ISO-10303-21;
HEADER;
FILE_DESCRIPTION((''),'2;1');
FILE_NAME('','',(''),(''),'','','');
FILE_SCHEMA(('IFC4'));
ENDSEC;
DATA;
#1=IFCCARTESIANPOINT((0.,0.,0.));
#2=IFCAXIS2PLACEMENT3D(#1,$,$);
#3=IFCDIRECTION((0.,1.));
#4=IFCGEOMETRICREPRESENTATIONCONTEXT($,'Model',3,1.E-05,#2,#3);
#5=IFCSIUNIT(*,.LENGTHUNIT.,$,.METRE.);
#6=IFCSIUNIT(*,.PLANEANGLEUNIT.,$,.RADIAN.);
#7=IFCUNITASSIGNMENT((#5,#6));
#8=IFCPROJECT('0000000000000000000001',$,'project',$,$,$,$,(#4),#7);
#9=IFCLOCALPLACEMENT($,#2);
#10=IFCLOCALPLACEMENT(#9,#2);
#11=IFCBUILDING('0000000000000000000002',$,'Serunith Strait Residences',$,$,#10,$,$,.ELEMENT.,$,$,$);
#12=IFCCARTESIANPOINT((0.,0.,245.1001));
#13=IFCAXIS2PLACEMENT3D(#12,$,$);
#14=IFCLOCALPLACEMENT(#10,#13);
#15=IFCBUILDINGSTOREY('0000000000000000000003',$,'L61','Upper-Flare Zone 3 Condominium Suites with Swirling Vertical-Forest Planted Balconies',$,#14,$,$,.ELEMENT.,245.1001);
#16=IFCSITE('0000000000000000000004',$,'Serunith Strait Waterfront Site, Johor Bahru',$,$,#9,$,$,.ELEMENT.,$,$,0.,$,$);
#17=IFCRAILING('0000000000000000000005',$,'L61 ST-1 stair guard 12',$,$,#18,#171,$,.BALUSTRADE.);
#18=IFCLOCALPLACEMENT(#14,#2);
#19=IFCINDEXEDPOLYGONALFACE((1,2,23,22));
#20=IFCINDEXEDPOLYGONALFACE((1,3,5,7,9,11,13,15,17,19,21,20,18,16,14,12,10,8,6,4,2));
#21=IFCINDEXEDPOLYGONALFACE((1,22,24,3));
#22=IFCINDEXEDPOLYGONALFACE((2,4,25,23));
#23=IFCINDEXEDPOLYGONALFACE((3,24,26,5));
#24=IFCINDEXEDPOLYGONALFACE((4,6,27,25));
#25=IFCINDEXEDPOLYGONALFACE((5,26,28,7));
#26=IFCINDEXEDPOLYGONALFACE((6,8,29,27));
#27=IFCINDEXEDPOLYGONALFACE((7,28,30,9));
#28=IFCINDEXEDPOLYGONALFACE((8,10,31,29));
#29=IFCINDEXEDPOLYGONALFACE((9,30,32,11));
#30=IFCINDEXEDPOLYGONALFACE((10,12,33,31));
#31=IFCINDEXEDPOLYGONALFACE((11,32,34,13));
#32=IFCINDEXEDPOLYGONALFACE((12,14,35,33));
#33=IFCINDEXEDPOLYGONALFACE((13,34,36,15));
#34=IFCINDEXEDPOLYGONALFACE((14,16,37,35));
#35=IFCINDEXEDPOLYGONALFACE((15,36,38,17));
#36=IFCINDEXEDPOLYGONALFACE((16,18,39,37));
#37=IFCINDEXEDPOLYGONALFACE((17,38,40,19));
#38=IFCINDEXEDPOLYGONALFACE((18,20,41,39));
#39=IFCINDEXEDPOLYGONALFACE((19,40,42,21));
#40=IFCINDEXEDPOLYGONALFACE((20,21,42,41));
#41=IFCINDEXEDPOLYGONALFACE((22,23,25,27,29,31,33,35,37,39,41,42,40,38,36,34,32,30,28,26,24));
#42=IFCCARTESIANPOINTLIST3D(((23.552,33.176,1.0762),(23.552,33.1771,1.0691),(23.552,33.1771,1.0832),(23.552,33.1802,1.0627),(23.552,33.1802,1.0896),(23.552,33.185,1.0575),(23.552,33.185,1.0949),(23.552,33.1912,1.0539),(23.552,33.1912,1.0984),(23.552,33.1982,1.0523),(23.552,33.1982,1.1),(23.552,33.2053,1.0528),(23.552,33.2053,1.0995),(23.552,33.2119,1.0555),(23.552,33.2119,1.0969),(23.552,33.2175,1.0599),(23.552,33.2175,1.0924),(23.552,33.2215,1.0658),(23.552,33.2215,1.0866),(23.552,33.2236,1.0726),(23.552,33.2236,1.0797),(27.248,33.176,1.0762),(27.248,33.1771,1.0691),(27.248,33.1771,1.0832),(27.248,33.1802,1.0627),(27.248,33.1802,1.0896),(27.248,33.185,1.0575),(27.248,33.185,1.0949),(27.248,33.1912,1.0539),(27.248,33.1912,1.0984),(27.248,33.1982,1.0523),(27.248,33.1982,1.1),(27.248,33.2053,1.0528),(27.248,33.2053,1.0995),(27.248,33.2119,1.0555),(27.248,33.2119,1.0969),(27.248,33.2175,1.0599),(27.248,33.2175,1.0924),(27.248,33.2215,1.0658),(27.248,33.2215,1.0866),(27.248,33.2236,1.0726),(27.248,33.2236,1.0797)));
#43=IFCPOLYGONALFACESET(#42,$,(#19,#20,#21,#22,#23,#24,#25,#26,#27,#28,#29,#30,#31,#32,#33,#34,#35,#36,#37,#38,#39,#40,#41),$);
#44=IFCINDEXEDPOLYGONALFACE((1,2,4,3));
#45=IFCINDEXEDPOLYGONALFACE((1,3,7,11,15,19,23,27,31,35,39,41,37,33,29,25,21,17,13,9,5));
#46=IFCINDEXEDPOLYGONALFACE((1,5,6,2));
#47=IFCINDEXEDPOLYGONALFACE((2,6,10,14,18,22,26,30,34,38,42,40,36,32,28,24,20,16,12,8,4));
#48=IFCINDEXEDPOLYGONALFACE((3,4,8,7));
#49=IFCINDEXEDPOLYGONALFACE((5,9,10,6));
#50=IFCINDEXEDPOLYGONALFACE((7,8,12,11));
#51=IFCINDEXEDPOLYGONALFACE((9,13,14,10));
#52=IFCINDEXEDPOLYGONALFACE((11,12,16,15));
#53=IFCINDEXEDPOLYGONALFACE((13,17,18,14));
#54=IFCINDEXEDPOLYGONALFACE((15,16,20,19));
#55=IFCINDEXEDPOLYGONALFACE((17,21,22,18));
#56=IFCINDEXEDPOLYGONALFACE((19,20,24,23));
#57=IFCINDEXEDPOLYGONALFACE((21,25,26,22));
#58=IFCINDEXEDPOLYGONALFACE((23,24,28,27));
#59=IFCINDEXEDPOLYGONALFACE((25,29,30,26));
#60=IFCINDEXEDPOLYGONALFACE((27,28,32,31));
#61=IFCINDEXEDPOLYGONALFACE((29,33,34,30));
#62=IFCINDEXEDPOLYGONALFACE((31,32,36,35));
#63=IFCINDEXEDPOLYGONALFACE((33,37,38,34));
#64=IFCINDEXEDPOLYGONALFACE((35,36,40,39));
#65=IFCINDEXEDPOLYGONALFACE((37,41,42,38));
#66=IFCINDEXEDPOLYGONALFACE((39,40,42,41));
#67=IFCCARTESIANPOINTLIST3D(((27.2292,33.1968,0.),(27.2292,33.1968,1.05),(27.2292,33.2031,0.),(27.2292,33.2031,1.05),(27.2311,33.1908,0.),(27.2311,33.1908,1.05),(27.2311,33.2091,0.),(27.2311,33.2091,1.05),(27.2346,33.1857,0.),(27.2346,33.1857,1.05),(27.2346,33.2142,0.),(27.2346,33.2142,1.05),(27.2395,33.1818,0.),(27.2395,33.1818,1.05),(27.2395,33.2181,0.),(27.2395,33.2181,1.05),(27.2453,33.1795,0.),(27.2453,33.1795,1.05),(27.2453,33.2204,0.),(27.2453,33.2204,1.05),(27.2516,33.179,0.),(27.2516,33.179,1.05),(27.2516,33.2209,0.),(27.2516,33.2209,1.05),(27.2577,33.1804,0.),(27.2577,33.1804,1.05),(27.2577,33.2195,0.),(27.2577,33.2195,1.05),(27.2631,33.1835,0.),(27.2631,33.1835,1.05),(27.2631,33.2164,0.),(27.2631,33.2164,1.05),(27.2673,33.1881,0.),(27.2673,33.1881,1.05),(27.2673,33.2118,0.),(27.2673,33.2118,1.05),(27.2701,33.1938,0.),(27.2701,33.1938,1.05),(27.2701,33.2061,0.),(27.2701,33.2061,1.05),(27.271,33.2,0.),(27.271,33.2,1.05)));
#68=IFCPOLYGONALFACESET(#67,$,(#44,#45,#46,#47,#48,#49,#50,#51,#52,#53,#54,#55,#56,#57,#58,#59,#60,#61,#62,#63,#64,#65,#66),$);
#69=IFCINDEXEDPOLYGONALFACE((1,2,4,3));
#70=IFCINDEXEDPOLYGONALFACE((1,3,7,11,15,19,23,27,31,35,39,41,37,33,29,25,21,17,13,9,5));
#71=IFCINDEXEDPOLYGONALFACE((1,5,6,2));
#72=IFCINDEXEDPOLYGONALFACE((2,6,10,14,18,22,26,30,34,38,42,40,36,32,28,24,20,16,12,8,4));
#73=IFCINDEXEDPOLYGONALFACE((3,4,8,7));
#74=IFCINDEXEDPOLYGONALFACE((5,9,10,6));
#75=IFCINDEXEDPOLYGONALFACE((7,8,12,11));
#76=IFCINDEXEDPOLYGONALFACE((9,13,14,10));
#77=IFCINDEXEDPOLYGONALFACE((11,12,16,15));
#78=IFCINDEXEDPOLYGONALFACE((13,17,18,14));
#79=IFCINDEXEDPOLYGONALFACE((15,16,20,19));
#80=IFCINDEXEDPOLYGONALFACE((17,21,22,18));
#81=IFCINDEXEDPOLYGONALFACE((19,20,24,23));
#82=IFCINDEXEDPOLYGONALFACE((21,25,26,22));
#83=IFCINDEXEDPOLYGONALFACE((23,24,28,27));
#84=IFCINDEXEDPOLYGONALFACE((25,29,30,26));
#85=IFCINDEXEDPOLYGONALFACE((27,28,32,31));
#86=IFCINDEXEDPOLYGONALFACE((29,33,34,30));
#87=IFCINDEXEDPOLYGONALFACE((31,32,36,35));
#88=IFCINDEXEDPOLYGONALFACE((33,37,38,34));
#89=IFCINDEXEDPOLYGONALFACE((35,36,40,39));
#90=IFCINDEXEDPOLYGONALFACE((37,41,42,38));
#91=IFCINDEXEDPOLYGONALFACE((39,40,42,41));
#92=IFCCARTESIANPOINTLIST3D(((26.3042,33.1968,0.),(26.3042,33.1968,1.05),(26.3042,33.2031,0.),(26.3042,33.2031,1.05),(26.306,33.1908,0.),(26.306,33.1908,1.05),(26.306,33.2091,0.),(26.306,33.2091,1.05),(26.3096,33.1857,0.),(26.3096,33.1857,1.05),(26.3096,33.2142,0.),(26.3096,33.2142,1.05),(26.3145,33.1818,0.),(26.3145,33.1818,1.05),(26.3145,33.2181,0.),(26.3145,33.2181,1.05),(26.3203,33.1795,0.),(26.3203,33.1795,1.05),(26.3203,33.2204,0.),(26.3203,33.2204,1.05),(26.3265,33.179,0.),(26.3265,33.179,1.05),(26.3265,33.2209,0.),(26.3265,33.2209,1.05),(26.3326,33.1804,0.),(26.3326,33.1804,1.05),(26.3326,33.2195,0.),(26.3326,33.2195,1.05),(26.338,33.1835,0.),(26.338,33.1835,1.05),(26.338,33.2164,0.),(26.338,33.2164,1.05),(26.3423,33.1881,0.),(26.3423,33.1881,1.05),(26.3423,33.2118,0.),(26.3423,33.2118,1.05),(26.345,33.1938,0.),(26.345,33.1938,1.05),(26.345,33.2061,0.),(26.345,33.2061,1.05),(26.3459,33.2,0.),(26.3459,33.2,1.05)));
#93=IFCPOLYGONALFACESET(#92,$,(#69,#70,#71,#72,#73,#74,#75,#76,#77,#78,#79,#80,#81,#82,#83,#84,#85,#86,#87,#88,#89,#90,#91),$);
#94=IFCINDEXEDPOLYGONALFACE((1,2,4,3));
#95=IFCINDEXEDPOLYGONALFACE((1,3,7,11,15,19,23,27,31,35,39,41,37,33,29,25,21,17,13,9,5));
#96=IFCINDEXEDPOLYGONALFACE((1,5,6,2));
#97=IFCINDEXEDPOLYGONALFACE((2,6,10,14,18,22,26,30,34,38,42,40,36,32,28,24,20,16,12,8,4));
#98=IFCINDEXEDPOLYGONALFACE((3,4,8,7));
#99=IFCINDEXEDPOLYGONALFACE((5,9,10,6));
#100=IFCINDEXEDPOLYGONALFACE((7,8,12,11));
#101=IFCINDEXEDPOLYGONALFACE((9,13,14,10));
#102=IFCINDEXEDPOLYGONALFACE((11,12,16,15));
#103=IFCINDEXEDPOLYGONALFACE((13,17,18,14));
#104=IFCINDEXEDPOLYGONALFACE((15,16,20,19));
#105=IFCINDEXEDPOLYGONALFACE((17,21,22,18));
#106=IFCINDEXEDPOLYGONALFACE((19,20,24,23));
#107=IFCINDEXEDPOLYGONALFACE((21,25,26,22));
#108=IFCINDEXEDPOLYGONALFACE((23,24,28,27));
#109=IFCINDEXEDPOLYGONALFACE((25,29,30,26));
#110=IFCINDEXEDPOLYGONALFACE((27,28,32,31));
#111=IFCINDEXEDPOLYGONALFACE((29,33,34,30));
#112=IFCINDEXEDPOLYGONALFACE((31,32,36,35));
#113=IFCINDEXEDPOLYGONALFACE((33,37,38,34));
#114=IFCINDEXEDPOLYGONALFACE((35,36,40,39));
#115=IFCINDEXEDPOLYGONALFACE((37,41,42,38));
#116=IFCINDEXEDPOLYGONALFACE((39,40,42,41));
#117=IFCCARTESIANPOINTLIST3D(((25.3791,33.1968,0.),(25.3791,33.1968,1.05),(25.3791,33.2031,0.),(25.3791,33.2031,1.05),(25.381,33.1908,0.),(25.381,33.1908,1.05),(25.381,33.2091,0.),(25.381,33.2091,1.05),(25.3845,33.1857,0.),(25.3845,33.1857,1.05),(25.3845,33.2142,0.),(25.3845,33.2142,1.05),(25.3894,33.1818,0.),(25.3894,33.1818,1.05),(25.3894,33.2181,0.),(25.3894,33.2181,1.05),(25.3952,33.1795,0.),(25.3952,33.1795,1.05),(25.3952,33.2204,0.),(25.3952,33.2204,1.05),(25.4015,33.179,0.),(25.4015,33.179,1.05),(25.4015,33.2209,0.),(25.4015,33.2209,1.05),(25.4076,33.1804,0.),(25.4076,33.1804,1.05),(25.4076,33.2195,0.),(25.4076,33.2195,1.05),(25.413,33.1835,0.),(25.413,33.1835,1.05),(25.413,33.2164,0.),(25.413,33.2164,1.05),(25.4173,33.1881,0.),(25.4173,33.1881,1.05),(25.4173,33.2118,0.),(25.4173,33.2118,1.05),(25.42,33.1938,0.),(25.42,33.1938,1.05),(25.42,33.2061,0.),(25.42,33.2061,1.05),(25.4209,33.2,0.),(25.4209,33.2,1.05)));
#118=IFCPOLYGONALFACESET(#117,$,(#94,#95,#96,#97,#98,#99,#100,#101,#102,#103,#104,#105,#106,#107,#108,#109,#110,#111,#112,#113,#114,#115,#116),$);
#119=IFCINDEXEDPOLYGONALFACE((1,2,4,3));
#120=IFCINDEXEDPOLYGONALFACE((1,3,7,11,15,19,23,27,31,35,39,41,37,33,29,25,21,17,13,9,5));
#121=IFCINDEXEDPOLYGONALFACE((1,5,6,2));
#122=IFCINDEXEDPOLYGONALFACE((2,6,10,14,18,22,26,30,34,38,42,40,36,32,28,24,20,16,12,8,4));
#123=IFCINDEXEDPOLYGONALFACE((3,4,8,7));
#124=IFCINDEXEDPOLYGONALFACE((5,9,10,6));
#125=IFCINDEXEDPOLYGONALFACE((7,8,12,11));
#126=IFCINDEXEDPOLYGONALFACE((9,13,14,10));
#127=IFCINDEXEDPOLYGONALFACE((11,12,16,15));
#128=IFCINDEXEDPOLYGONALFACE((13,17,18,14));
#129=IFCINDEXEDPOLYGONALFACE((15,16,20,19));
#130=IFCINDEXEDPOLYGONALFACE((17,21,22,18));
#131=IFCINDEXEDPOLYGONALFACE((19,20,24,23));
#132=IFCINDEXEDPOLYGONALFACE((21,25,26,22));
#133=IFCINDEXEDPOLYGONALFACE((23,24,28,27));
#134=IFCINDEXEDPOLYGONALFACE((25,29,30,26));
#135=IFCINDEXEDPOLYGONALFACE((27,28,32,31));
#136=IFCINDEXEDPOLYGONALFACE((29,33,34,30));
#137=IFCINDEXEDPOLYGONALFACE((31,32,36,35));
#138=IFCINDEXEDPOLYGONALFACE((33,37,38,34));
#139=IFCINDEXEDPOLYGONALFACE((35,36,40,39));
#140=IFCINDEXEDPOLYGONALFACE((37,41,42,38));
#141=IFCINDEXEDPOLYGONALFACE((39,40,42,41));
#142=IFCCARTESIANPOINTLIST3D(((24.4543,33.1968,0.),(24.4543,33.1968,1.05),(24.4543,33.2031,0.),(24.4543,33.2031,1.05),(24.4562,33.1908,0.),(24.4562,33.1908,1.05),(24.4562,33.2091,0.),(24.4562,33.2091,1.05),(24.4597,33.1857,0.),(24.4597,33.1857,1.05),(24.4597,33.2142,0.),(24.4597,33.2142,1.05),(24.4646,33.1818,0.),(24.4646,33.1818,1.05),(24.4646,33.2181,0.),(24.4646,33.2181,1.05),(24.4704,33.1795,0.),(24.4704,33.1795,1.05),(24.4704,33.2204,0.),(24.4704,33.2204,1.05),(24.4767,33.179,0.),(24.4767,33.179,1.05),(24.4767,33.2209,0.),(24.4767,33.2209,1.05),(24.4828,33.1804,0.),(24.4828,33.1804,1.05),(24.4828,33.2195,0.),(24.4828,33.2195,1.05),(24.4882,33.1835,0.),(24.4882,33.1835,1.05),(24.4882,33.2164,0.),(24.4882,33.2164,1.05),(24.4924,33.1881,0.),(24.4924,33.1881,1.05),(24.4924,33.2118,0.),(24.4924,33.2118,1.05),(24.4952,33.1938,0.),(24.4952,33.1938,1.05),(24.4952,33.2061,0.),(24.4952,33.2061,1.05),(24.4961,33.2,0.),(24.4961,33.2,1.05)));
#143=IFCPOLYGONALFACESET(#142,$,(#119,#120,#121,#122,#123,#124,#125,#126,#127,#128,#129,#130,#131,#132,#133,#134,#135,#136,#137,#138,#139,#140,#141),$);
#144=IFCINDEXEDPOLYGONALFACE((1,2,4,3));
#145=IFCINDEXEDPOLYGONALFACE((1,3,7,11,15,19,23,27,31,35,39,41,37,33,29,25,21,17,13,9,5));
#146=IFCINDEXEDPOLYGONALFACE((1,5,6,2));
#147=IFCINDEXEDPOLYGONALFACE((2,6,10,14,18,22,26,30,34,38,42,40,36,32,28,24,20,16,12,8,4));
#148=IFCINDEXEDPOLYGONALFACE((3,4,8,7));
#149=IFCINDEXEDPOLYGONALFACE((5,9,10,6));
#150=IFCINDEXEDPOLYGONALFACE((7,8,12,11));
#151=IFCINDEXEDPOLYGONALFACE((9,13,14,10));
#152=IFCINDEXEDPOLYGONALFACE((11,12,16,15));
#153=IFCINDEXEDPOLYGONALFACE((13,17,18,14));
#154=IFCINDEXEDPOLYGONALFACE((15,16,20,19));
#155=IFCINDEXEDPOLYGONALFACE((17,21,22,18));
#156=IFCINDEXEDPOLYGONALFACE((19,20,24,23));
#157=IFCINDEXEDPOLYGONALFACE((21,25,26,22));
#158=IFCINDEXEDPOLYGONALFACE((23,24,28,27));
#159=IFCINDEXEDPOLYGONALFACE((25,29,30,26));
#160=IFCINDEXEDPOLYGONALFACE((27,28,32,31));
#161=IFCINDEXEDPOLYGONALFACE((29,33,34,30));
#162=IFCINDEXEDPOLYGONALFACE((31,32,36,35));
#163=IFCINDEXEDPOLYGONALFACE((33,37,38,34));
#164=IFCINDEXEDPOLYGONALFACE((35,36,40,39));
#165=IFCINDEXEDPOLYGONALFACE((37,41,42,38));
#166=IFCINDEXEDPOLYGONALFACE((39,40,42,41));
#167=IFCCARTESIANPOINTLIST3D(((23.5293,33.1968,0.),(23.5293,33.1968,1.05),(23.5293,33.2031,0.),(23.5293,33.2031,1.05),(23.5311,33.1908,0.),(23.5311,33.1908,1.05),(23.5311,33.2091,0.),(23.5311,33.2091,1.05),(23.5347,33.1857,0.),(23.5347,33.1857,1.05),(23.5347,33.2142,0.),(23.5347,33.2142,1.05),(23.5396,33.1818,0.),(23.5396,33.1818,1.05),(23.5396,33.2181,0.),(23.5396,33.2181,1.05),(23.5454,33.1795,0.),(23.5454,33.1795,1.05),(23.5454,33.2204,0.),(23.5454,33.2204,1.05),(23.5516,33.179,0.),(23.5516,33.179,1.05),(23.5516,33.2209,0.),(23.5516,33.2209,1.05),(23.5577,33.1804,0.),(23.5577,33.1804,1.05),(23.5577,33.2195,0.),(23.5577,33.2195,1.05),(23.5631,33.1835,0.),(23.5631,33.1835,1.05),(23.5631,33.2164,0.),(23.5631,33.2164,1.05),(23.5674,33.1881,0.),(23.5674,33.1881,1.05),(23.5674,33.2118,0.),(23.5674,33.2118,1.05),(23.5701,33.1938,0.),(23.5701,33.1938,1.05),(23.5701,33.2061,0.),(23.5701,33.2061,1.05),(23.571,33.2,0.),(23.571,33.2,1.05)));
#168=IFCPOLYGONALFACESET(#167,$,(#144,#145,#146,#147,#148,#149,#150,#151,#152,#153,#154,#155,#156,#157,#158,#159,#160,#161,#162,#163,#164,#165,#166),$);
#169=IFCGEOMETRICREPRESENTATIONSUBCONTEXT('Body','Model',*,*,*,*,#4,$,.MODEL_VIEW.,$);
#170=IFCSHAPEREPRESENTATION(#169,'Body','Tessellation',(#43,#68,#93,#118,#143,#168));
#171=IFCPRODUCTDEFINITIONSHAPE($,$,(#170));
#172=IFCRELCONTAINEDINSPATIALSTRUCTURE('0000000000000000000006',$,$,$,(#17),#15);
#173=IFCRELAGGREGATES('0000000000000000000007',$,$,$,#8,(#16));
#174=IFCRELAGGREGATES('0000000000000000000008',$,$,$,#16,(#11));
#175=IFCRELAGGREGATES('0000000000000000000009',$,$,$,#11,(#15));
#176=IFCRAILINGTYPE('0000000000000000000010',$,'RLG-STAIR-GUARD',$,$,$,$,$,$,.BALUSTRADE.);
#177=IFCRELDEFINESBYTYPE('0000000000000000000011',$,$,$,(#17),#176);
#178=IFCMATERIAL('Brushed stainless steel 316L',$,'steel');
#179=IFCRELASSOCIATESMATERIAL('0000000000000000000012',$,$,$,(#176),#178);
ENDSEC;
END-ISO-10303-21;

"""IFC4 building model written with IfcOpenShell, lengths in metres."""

from ifc_helpers import new_model, si_unit, direction, frame, origin, origin_2d, place, context, subcontext, project, spatial, circle, extrude, material, type_object, element, save


model = new_model("IFC4")

# Units and contexts
model_context = context("Model", 3, precision=1e-05, world=origin(), true_north=direction((0.0, 1.0)))
body_context = subcontext(model_context, "Body", "Model", "MODEL_VIEW")
ifc_project = project(units=[si_unit("LENGTHUNIT", "METRE"), si_unit("PLANEANGLEUNIT", "RADIAN")], contexts=[model_context])

# Site, building, storey
site_placement = place(None, origin())
site = spatial("IfcSite", under=ifc_project, at=site_placement, Name="Serunith Strait Waterfront Site, Johor Bahru", CompositionType="ELEMENT", RefElevation=0.0)
building_placement = place(site_placement, origin())
building = spatial("IfcBuilding", under=site, at=building_placement, Name="Serunith Strait Residences", CompositionType="ELEMENT")
storey_placement = place(building_placement, frame((0.0, 0.0, 245.1001)))
storey = spatial("IfcBuildingStorey", under=building, at=storey_placement, Name="L61", Description="Upper-Flare Zone 3 Condominium Suites with Swirling Vertical-Forest Planted Balconies", CompositionType="ELEMENT", Elevation=245.1001)

# Railing
ifc_material_1 = material(Name="Brushed stainless steel 316L", Category="steel")
railing_type_1 = type_object("IfcRailingType", Name="RLG-STAIR-GUARD", PredefinedType="BALUSTRADE", material=ifc_material_1)
railing_1_placement = place(storey_placement, frame((27.25, 33.2, 0.0)))
element("IfcRailing", 1, at=railing_1_placement, inside=storey, type_object=railing_type_1, Name="L61 ST-1 stair guard 12", PredefinedType="BALUSTRADE", context=body_context, shape_type="SweptSolid", body=[
    extrude(circle(Radius=0.0239, at=origin_2d()), frame((-0.002, 0.0, 1.0762), z_axis=(-1.0, 0.0, 0.0), x_axis=(0.0, -1.0, 0.0)), (0.0, 0.0, 1.0), 3.696),
    extrude(circle(Radius=0.021, at=origin_2d()), origin(), (0.0, 0.0, 1.0), 1.05),
    extrude(circle(Radius=0.021, at=origin_2d()), frame((-0.925, 0.0, 0.0)), (0.0, 0.0, 1.0), 1.05),
    extrude(circle(Radius=0.021, at=origin_2d()), frame((-1.8501, 0.0, 0.0)), (0.0, 0.0, 1.0), 1.05),
    extrude(circle(Radius=0.021, at=origin_2d()), frame((-2.7749, 0.0, 0.0)), (0.0, 0.0, 1.0), 1.05),
    extrude(circle(Radius=0.021, at=origin_2d()), frame((-3.7, 0.0, 0.0)), (0.0, 0.0, 1.0), 1.05),
])

save(model, "model.ifc")
